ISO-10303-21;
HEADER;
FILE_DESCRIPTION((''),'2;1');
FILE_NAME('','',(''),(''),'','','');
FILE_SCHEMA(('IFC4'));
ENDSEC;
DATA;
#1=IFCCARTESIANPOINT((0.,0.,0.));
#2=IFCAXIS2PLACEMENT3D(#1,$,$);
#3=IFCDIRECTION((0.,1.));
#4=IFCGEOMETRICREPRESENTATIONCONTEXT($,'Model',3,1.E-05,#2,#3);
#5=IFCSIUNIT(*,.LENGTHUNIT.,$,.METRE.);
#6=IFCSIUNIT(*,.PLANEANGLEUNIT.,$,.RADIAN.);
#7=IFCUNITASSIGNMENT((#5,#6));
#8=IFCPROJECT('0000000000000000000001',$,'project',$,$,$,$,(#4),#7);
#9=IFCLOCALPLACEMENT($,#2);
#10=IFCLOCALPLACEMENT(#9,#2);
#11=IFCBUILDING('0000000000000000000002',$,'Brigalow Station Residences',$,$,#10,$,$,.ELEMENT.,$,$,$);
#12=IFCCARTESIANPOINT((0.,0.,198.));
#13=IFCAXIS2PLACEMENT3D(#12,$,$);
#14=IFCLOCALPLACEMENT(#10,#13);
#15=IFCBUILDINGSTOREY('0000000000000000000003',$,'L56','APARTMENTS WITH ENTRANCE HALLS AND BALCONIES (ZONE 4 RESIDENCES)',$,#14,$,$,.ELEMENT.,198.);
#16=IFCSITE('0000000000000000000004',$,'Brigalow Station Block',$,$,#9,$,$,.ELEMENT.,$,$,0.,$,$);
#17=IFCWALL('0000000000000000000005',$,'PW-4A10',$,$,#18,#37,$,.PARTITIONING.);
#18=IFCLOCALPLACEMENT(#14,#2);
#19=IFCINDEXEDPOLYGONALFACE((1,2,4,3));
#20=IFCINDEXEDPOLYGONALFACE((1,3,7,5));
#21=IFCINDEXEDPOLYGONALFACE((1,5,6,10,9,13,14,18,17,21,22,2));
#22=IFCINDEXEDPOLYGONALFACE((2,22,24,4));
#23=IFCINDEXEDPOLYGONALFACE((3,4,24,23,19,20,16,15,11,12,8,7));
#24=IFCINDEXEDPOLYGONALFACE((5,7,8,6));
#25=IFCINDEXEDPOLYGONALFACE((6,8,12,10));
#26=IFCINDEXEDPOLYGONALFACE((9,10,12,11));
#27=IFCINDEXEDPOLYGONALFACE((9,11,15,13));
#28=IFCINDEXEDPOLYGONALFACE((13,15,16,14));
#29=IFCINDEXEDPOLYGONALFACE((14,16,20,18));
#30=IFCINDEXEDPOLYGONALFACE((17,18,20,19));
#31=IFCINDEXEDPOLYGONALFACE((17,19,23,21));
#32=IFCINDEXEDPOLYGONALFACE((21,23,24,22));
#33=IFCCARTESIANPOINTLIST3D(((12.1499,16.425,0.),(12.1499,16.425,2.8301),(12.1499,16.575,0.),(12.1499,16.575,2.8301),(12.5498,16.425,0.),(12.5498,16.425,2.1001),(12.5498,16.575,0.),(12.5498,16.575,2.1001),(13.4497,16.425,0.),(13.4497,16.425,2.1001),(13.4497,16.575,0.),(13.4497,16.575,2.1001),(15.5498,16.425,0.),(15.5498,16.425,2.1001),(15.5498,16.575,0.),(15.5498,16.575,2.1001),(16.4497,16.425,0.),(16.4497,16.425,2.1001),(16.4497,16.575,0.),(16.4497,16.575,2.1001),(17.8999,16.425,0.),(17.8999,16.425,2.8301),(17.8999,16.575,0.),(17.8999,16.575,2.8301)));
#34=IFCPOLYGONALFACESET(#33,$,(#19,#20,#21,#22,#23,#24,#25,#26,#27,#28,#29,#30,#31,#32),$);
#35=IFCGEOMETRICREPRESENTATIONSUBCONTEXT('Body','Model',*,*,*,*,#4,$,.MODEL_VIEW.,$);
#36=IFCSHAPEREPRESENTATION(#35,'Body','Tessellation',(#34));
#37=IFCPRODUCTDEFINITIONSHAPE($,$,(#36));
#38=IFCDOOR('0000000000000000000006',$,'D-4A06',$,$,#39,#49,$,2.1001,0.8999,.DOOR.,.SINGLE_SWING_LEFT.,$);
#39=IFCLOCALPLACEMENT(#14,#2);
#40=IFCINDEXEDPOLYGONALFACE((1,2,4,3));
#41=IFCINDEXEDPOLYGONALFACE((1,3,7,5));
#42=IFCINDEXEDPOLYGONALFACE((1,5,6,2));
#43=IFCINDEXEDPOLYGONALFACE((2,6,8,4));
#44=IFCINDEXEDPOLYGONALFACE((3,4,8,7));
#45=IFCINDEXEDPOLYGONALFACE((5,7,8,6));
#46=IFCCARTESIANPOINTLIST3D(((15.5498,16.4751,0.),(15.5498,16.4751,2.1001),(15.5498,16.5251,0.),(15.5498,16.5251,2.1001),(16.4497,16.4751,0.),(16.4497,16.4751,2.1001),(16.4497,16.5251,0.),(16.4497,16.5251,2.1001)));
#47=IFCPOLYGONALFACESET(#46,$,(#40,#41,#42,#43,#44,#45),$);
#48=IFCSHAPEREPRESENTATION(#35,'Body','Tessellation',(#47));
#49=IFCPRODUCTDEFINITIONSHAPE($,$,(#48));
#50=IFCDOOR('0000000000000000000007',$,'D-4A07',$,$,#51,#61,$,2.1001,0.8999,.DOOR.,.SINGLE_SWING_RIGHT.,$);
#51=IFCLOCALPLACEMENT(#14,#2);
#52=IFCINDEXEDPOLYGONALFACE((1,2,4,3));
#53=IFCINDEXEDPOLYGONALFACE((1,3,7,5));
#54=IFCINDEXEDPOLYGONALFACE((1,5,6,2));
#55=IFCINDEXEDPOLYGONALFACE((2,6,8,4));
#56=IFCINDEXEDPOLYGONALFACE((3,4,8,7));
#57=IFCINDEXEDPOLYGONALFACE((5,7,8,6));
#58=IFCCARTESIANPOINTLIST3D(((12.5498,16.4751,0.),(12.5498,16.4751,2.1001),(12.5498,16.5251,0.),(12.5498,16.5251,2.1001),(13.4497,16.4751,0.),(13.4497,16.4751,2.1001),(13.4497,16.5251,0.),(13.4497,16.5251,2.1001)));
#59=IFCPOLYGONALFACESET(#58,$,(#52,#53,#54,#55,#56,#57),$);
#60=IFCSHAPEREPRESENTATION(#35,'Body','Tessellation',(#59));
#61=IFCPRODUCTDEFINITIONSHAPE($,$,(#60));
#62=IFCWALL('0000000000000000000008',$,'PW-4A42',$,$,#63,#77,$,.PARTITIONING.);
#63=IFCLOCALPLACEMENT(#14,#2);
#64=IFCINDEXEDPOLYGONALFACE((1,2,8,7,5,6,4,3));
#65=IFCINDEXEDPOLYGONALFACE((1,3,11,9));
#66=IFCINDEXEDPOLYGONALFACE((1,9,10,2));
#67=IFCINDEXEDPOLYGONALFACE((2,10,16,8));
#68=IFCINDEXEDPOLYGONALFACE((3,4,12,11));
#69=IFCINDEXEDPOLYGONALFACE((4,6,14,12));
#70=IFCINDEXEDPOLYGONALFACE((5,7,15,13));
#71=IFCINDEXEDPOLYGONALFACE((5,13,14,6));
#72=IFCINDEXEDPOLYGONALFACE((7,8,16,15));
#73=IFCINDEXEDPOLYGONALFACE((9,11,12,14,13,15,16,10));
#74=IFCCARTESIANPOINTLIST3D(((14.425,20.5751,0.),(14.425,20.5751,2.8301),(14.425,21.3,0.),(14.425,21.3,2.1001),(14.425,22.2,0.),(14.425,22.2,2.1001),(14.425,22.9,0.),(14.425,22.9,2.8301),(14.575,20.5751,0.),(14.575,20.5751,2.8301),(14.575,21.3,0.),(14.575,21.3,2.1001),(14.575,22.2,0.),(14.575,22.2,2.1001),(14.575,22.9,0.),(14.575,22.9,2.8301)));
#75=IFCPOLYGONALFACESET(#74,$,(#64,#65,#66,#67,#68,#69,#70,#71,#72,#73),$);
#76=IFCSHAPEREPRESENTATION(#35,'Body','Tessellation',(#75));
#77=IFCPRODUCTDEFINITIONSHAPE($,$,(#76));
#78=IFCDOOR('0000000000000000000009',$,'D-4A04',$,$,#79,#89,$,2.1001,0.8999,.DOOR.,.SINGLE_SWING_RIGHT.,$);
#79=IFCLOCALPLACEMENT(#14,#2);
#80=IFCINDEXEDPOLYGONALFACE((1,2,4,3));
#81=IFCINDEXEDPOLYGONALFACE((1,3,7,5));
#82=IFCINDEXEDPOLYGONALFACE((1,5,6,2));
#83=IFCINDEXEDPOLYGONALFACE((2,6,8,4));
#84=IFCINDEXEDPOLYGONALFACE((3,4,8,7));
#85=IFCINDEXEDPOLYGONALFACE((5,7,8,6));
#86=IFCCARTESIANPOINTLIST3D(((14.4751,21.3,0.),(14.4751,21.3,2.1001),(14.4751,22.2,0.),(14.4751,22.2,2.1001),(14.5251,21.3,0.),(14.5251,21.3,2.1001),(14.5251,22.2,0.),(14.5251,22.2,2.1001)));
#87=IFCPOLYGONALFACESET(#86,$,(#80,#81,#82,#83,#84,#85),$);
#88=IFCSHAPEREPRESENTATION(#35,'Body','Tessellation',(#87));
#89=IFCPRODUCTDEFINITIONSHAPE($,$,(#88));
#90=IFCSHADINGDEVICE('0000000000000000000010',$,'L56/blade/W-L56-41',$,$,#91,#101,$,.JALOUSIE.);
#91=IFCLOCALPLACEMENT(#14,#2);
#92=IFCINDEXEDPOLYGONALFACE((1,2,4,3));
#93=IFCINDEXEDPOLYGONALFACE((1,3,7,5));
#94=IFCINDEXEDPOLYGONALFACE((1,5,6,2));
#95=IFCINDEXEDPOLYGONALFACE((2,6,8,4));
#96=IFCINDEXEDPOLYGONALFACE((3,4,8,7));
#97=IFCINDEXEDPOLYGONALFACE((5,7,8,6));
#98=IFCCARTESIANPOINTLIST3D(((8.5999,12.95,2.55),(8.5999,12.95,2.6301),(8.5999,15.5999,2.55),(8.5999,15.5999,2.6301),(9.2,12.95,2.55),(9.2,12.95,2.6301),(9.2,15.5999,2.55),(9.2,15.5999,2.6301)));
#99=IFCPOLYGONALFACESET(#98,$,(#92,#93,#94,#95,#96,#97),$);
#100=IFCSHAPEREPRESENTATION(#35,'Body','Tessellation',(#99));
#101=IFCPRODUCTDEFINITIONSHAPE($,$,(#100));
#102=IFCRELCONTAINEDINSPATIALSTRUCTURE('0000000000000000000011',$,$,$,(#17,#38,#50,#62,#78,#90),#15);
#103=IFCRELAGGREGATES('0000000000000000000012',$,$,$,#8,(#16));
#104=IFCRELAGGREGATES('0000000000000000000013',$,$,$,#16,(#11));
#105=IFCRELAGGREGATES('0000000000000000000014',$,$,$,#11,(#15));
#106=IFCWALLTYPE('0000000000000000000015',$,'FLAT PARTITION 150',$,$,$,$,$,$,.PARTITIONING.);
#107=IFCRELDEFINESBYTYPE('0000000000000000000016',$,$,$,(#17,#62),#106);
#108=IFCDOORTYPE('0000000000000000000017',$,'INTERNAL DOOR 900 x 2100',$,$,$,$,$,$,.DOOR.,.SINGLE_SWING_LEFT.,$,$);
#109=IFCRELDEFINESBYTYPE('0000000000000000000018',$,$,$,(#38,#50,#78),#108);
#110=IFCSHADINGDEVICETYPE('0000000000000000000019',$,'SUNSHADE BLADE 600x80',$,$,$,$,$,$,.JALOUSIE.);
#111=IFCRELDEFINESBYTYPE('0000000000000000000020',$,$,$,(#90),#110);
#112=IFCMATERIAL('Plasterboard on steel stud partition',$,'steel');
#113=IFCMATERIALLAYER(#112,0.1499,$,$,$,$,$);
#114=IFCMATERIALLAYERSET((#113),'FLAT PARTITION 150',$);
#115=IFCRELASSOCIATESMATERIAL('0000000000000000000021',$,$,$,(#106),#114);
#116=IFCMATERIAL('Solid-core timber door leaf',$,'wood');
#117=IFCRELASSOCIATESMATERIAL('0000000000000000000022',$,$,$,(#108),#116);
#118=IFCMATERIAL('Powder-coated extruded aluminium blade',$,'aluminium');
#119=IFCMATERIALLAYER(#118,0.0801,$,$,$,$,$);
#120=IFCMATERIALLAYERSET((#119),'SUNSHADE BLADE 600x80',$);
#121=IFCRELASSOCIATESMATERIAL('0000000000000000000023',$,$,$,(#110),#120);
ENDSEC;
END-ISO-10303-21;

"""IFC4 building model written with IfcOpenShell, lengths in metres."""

from ifc_helpers import new_model, si_unit, direction, frame, frame_2d, origin, origin_2d, place, context, subcontext, project, spatial, rectangle, extrude, material, layer, layer_set, type_object, element, fill, save


model = new_model("IFC4")

# Units and contexts
model_context = context("Model", 3, precision=1e-05, world=origin(), true_north=direction((0.0, 1.0)))
body_context = subcontext(model_context, "Body", "Model", "MODEL_VIEW")
ifc_project = project(units=[si_unit("LENGTHUNIT", "METRE"), si_unit("PLANEANGLEUNIT", "RADIAN")], contexts=[model_context])

# Site, building, storey
site_placement = place(None, origin())
site = spatial("IfcSite", under=ifc_project, at=site_placement, Name="Brigalow Station Block", CompositionType="ELEMENT", RefElevation=0.0)
building_placement = place(site_placement, origin())
building = spatial("IfcBuilding", under=site, at=building_placement, Name="Brigalow Station Residences", CompositionType="ELEMENT")
storey_placement = place(building_placement, frame((0.0, 0.0, 198.0)))
storey = spatial("IfcBuildingStorey", under=building, at=storey_placement, Name="L56", Description="APARTMENTS WITH ENTRANCE HALLS AND BALCONIES (ZONE 4 RESIDENCES)", CompositionType="ELEMENT", Elevation=198.0)

# Shared definitions
ifc_material_1 = material(Name="Plasterboard on steel stud partition", Category="steel")
ifc_layer_1 = layer(ifc_material_1, 0.1499)
ifc_layer_set_1 = layer_set([ifc_layer_1], Name="FLAT PARTITION 150")
wall_type_1 = type_object("IfcWallType", Name="FLAT PARTITION 150", PredefinedType="PARTITIONING", material=ifc_layer_set_1)

# Wall, openings, doors
wall_1_placement = place(storey_placement, frame((12.1499, 16.5, 0.0), z_axis=(0.0, 0.0, 1.0), x_axis=(1.0, 0.0, 0.0)))
wall_1 = element("IfcWall", 1, at=wall_1_placement, inside=storey, type_object=wall_type_1, Name="PW-4A10", PredefinedType="PARTITIONING", context=body_context, shape_type="SweptSolid", body=[
    extrude(rectangle(XDim=5.75, YDim=0.1499, at=frame_2d((2.875, 0.0))), origin(), (0.0, 0.0, 1.0), 2.8301),
])
opening_1_placement = place(wall_1_placement, frame((3.3999, 0.0, 0.0)))
opening_1 = element("IfcOpeningElement", 2, at=opening_1_placement, cuts=wall_1, PredefinedType="OPENING", context=body_context, shape_type="SweptSolid", body=[
    extrude(rectangle(XDim=0.8999, YDim=2.1001, at=frame_2d((0.45, 1.05))), frame((0.0, 0.085, 0.0), z_axis=(0.0, -1.0, 0.0), x_axis=(1.0, 0.0, 0.0)), (0.0, 0.0, 1.0), 0.1699),
])
opening_2_placement = place(wall_1_placement, frame((0.3999, 0.0, 0.0)))
opening_2 = element("IfcOpeningElement", 3, at=opening_2_placement, cuts=wall_1, PredefinedType="OPENING", context=body_context, shape_type="SweptSolid", body=[
    extrude(rectangle(XDim=0.8999, YDim=2.1001, at=frame_2d((0.45, 1.05))), frame((0.0, 0.085, 0.0), z_axis=(0.0, -1.0, 0.0), x_axis=(1.0, 0.0, 0.0)), (0.0, 0.0, 1.0), 0.1699),
])
ifc_material_2 = material(Name="Solid-core timber door leaf", Category="wood")
door_type_1 = type_object("IfcDoorType", Name="INTERNAL DOOR 900 x 2100", OperationType="SINGLE_SWING_LEFT", PredefinedType="DOOR", material=ifc_material_2)
door_1_placement = place(opening_1_placement, frame((0.8999, 0.0, 0.0), z_axis=(0.0, 0.0, 1.0), x_axis=(-1.0, 0.0, 0.0)))
door_1 = element("IfcDoor", 4, at=door_1_placement, inside=storey, type_object=door_type_1, Name="D-4A06", OperationType="SINGLE_SWING_LEFT", OverallHeight=2.1001, OverallWidth=0.8999, PredefinedType="DOOR", context=body_context, shape_type="SweptSolid", body=[
    extrude(rectangle(XDim=0.8999, YDim=2.1001, at=frame_2d((0.45, 1.05))), frame((0.0, 0.0249, 0.0), z_axis=(0.0, -1.0, 0.0), x_axis=(1.0, 0.0, 0.0)), (0.0, 0.0, 1.0), 0.05),
])
fill(opening_1, door_1)
door_2_placement = place(opening_2_placement, frame((0.8999, 0.0, 0.0), z_axis=(0.0, 0.0, 1.0), x_axis=(-1.0, 0.0, 0.0)))
door_2 = element("IfcDoor", 5, at=door_2_placement, inside=storey, type_object=door_type_1, Name="D-4A07", OperationType="SINGLE_SWING_RIGHT", OverallHeight=2.1001, OverallWidth=0.8999, PredefinedType="DOOR", context=body_context, shape_type="SweptSolid", body=[
    extrude(rectangle(XDim=0.8999, YDim=2.1001, at=frame_2d((0.45, 1.05))), frame((0.0, 0.0249, 0.0), z_axis=(0.0, -1.0, 0.0), x_axis=(1.0, 0.0, 0.0)), (0.0, 0.0, 1.0), 0.05),
])
fill(opening_2, door_2)

# Wall, opening, door
wall_2_placement = place(storey_placement, frame((14.5, 20.575, 0.0), z_axis=(0.0, 0.0, 1.0), x_axis=(0.0, 1.0, 0.0)))
wall_2 = element("IfcWall", 6, at=wall_2_placement, inside=storey, type_object=wall_type_1, Name="PW-4A42", PredefinedType="PARTITIONING", context=body_context, shape_type="SweptSolid", body=[
    extrude(rectangle(XDim=2.325, YDim=0.1499, at=frame_2d((1.1626, 0.0))), origin(), (0.0, 0.0, 1.0), 2.8301),
])
opening_3_placement = place(wall_2_placement, frame((0.7251, 0.0, 0.0)))
opening_3 = element("IfcOpeningElement", 7, at=opening_3_placement, cuts=wall_2, PredefinedType="OPENING", context=body_context, shape_type="SweptSolid", body=[
    extrude(rectangle(XDim=0.8999, YDim=2.1001, at=frame_2d((0.45, 1.05))), frame((0.0, 0.085, 0.0), z_axis=(0.0, -1.0, 0.0), x_axis=(1.0, 0.0, 0.0)), (0.0, 0.0, 1.0), 0.1699),
])
door_3_placement = place(opening_3_placement, origin())
door_3 = element("IfcDoor", 8, at=door_3_placement, inside=storey, type_object=door_type_1, Name="D-4A04", OperationType="SINGLE_SWING_RIGHT", OverallHeight=2.1001, OverallWidth=0.8999, PredefinedType="DOOR", context=body_context, shape_type="SweptSolid", body=[
    extrude(rectangle(XDim=0.8999, YDim=2.1001, at=frame_2d((0.45, 1.05))), frame((0.0, 0.0249, 0.0), z_axis=(0.0, -1.0, 0.0), x_axis=(1.0, 0.0, 0.0)), (0.0, 0.0, 1.0), 0.05),
])
fill(opening_3, door_3)

# Shading device
ifc_material_3 = material(Name="Powder-coated extruded aluminium blade", Category="aluminium")
ifc_layer_2 = layer(ifc_material_3, 0.0801)
ifc_layer_set_2 = layer_set([ifc_layer_2], Name="SUNSHADE BLADE 600x80")
shading_device_type = type_object("IfcShadingDeviceType", Name="SUNSHADE BLADE 600x80", PredefinedType="JALOUSIE", material=ifc_layer_set_2)
shading_device_placement = place(storey_placement, frame((8.8999, 14.2749, 2.55), z_axis=(0.0, 0.0, 1.0), x_axis=(0.0, -1.0, 0.0)))
element("IfcShadingDevice", 9, at=shading_device_placement, inside=storey, type_object=shading_device_type, Name="L56/blade/W-L56-41", PredefinedType="JALOUSIE", context=body_context, shape_type="SweptSolid", body=[
    extrude(rectangle(XDim=2.6499, YDim=0.6001, at=origin_2d()), origin(), (0.0, 0.0, 1.0), 0.0801),
])

save(model, "model.ifc")
